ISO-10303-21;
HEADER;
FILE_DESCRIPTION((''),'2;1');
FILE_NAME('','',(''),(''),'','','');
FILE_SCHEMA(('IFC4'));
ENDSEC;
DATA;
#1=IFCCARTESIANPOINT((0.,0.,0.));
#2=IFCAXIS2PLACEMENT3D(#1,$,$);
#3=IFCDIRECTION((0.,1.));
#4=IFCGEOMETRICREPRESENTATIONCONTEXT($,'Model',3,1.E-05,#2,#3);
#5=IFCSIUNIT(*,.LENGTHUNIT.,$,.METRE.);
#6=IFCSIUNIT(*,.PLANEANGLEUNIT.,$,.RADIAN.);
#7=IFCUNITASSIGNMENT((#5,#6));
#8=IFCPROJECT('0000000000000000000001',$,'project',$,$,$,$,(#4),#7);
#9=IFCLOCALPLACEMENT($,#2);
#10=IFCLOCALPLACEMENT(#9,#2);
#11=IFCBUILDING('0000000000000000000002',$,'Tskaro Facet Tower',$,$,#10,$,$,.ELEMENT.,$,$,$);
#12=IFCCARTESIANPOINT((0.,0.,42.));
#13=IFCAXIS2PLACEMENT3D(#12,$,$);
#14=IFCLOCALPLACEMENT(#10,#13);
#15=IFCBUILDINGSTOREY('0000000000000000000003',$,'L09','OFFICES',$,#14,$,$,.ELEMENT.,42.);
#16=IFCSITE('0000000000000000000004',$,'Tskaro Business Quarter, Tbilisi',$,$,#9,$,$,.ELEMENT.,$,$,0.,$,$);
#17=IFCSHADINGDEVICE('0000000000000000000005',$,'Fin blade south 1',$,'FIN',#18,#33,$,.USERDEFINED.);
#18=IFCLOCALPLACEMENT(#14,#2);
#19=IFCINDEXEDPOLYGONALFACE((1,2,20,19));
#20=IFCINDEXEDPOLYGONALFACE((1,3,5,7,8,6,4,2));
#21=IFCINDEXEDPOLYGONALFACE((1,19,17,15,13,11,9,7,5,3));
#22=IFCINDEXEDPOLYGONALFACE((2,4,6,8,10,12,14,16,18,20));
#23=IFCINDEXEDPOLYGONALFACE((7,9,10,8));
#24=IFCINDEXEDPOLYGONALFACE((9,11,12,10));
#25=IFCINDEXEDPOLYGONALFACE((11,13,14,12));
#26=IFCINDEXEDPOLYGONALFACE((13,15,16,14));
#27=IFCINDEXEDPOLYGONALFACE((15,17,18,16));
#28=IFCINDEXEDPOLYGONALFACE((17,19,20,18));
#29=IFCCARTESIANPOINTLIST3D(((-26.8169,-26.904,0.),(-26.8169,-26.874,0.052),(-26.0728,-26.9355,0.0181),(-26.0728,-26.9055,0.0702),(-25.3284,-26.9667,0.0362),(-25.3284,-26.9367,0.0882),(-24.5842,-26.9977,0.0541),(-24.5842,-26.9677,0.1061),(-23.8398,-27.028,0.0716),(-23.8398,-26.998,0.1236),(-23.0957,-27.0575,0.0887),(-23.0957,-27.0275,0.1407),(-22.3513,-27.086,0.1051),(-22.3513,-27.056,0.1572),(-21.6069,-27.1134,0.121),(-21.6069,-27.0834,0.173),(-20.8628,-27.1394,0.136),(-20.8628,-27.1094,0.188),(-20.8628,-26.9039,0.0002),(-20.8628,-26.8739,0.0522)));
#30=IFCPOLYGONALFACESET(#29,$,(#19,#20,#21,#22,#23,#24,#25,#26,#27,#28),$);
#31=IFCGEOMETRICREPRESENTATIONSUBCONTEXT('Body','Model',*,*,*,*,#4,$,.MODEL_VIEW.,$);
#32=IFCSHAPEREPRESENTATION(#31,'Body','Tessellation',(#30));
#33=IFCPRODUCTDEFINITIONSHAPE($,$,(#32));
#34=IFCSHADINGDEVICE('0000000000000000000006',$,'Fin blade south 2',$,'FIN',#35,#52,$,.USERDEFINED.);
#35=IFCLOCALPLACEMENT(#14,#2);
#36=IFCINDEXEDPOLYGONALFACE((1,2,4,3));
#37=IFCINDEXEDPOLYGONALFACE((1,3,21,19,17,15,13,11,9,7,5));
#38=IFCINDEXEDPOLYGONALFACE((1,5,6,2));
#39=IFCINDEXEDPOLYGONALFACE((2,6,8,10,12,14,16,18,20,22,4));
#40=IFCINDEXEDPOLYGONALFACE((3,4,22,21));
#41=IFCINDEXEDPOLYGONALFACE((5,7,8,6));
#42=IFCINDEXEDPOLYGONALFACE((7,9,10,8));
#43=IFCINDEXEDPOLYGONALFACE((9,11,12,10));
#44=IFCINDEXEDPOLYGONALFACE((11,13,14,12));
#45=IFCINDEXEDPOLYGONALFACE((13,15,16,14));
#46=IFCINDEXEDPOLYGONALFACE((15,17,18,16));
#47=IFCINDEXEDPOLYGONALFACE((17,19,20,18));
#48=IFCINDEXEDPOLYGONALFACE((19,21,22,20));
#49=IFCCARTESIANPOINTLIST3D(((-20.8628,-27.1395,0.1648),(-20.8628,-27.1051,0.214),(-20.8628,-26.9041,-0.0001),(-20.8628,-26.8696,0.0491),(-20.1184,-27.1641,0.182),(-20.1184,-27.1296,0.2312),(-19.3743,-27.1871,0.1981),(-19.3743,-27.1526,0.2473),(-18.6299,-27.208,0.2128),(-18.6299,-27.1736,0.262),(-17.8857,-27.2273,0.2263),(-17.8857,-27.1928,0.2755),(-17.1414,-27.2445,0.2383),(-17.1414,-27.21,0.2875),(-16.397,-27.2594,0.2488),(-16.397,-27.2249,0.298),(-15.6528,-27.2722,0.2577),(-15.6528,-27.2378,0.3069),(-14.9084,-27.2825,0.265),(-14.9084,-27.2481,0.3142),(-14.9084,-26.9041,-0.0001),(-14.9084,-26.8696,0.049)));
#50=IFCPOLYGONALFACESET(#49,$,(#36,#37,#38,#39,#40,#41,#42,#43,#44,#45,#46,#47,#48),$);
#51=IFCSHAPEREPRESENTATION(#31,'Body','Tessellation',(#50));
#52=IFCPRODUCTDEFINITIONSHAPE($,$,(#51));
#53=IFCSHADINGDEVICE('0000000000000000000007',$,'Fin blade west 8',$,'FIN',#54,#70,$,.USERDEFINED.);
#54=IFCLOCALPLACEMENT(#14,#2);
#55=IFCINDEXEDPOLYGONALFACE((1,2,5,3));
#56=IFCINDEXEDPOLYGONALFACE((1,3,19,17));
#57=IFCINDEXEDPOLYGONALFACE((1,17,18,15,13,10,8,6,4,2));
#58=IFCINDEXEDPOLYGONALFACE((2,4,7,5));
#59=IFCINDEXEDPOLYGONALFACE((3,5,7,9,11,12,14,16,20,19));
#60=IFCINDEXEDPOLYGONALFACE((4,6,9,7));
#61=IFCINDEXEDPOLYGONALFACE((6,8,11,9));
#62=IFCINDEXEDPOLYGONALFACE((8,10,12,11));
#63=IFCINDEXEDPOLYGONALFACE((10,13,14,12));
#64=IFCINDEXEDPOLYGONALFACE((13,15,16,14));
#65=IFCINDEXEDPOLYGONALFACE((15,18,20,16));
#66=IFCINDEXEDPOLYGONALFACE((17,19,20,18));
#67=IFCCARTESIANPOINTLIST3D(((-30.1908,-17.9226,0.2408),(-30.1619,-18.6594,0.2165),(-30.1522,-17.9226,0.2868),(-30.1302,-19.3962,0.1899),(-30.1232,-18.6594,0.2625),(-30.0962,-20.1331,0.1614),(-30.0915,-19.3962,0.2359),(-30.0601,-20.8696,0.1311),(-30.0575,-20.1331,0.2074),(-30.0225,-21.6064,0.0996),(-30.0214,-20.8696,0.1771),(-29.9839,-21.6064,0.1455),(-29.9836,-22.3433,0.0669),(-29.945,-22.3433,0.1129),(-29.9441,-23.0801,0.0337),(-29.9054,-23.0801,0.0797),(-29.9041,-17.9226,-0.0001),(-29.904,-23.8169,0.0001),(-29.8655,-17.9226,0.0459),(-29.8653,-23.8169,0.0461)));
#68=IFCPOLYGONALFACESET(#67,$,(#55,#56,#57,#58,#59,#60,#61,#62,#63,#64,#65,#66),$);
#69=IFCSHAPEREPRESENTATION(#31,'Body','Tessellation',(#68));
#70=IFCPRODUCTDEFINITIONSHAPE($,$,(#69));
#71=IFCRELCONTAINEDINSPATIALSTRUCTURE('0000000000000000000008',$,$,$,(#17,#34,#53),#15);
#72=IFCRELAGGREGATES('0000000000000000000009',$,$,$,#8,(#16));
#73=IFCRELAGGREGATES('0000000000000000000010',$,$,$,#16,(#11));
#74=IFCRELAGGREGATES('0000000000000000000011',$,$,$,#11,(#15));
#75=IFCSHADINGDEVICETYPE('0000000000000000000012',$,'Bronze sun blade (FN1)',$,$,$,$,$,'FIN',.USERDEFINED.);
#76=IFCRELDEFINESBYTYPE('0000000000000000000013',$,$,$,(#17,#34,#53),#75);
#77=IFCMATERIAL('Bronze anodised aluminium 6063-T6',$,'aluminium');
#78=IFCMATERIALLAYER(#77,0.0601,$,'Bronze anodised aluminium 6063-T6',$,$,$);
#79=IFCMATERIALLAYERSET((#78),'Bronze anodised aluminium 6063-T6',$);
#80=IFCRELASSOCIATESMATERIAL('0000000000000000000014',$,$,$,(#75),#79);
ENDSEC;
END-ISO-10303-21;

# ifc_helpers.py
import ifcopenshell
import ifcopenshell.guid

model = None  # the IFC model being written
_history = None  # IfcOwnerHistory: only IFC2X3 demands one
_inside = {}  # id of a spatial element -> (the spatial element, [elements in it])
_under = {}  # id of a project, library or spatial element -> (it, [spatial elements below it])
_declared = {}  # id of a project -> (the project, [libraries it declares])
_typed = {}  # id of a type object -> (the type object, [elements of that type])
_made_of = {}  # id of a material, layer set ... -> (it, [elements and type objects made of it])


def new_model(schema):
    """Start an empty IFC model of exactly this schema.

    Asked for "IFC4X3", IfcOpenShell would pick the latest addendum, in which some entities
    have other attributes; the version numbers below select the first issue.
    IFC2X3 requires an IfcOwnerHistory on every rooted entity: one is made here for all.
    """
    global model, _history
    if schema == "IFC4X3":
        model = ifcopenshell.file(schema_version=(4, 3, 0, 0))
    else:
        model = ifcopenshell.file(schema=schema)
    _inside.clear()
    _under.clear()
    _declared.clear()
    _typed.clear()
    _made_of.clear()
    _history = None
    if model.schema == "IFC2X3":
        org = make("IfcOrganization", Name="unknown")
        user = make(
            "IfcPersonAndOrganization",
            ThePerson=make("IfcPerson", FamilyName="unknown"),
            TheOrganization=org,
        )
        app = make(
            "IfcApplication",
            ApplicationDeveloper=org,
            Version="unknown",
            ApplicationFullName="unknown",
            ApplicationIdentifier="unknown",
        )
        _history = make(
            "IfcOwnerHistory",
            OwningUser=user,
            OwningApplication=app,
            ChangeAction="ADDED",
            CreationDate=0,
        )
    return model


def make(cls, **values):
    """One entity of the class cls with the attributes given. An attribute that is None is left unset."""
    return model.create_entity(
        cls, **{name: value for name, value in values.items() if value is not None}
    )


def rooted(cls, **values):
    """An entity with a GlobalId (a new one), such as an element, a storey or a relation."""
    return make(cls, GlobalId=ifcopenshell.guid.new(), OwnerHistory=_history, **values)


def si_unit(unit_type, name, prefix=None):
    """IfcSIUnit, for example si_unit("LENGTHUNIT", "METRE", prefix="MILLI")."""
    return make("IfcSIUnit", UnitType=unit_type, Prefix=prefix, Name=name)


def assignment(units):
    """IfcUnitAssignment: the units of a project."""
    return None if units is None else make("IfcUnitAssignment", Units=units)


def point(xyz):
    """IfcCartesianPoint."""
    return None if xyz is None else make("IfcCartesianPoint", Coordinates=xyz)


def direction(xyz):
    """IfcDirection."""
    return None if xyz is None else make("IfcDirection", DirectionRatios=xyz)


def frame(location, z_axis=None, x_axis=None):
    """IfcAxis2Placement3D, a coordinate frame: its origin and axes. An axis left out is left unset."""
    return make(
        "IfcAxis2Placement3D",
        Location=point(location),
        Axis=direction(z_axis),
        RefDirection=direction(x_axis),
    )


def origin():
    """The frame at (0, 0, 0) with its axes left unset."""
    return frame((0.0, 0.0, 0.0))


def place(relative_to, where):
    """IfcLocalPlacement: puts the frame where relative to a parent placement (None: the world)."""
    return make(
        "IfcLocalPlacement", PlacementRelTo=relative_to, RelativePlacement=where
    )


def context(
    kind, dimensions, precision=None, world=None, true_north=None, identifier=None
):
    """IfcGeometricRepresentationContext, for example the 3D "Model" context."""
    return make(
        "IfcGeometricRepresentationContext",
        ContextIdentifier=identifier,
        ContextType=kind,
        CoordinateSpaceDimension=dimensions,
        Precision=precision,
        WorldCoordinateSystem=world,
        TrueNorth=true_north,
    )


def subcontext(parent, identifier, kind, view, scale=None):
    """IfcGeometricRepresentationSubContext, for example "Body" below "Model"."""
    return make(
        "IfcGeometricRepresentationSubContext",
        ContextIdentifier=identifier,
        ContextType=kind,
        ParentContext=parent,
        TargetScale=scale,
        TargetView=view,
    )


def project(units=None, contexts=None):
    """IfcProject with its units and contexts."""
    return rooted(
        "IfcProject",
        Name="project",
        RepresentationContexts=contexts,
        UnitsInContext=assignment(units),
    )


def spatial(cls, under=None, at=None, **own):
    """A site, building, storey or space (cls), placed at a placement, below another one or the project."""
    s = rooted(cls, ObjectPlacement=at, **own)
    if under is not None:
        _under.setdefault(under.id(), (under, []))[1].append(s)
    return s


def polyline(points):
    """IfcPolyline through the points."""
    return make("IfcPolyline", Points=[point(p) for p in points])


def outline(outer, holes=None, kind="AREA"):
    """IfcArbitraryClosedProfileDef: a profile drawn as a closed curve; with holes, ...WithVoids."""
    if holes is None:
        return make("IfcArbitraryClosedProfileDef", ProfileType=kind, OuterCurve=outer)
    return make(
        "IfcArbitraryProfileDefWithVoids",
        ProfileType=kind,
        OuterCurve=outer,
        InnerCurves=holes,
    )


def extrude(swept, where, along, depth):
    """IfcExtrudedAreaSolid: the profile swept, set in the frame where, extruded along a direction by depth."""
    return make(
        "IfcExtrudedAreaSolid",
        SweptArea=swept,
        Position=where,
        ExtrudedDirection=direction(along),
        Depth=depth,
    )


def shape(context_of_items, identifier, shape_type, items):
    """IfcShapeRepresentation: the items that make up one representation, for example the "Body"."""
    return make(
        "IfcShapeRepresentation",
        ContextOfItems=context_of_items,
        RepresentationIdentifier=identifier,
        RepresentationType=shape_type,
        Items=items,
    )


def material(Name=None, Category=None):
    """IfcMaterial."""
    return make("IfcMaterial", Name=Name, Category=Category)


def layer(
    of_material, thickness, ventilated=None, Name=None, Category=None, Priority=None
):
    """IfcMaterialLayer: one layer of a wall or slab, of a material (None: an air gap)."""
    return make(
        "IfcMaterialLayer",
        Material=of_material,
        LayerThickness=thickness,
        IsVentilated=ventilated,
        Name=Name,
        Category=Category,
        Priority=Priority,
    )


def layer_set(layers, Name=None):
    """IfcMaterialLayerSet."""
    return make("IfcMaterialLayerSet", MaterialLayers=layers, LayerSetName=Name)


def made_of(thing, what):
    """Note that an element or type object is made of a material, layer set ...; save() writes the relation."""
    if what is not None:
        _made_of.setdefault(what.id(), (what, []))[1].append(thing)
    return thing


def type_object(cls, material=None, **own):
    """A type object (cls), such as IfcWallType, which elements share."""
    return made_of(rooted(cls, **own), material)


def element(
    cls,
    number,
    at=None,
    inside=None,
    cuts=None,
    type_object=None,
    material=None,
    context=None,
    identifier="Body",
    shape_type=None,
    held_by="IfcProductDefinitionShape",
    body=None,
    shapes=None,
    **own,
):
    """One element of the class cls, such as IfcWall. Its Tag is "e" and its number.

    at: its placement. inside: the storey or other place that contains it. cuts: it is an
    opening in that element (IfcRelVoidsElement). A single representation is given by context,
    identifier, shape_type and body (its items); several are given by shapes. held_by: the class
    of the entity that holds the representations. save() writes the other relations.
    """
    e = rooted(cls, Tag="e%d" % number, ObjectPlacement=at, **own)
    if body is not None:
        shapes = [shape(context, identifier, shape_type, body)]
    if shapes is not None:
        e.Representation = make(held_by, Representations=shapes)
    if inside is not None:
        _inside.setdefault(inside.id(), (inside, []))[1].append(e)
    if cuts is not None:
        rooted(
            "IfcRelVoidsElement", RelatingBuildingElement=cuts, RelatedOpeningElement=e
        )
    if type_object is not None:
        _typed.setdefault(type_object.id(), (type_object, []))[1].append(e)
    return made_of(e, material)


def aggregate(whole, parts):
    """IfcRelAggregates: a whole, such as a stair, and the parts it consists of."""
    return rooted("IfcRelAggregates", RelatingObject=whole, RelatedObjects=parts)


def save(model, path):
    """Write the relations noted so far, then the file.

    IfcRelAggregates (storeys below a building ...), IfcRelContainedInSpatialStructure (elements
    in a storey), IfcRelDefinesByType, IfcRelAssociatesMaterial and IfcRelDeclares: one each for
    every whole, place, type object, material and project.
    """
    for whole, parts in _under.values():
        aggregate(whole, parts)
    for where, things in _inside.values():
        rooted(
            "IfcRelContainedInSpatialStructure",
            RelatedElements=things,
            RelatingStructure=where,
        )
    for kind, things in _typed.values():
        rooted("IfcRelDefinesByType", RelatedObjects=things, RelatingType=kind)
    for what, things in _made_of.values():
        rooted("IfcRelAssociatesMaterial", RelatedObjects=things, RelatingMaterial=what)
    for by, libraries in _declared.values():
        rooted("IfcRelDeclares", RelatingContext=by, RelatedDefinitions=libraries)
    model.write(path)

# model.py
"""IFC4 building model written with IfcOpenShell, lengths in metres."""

from ifc_helpers import new_model, si_unit, direction, frame, origin, place, context, subcontext, project, spatial, polyline, outline, extrude, material, layer, layer_set, type_object, element, save


model = new_model("IFC4")

# Units and contexts
model_context = context("Model", 3, precision=1e-05, world=origin(), true_north=direction((0.0, 1.0)))
body_context = subcontext(model_context, "Body", "Model", "MODEL_VIEW")
ifc_project = project(units=[si_unit("LENGTHUNIT", "METRE"), si_unit("PLANEANGLEUNIT", "RADIAN")], contexts=[model_context])

# Site, building, storey
site_placement = place(None, origin())
site = spatial("IfcSite", under=ifc_project, at=site_placement, Name="Tskaro Business Quarter, Tbilisi", CompositionType="ELEMENT", RefElevation=0.0)
building_placement = place(site_placement, origin())
building = spatial("IfcBuilding", under=site, at=building_placement, Name="Tskaro Facet Tower", CompositionType="ELEMENT")
storey_placement = place(building_placement, frame((0.0, 0.0, 42.0)))
storey = spatial("IfcBuildingStorey", under=building, at=storey_placement, Name="L09", Description="OFFICES", CompositionType="ELEMENT", Elevation=42.0)

# Shared definitions
ifc_material_1 = material(Name="Bronze anodised aluminium 6063-T6", Category="aluminium")

# Shading devices
ifc_layer_1 = layer(ifc_material_1, 0.0601, Name="Bronze anodised aluminium 6063-T6")
ifc_layer_set_1 = layer_set([ifc_layer_1], Name="Bronze anodised aluminium 6063-T6")
shading_device_type = type_object("IfcShadingDeviceType", Name="Bronze sun blade (FN1)", ElementType="FIN", PredefinedType="USERDEFINED", material=ifc_layer_set_1)
shading_device_1_placement = place(storey_placement, frame((-26.8169, -26.874, 0.052), z_axis=(-0.00004, 0.499535, 0.866294), x_axis=(1.0, 0.00002, 0.000034)))
element("IfcShadingDevice", 1, at=shading_device_1_placement, inside=storey, type_object=shading_device_type, Name="Fin blade south 1", ObjectType="FIN", PredefinedType="USERDEFINED", context=body_context, shape_type="SweptSolid", body=[
    extrude(outline(polyline([(0.0, 0.0), (5.9541, 0.0), (5.9541, -0.2718), (5.21, -0.2418), (4.4656, -0.2102), (3.7212, -0.1773), (2.9771, -0.1432), (2.2327, -0.1082), (1.4885, -0.0724), (0.7441, -0.0363), (0.0, 0.0)])), origin(), (0.0, 0.0, -1.0), 0.0601),
])
shading_device_2_placement = place(storey_placement, frame((-20.8628, -26.8696, 0.0491), z_axis=(0.000006, 0.573784, 0.819006), x_axis=(1.0, -0.000003, -0.000005)))
element("IfcShadingDevice", 2, at=shading_device_2_placement, inside=storey, type_object=shading_device_type, Name="Fin blade south 2", ObjectType="FIN", PredefinedType="USERDEFINED", context=body_context, shape_type="SweptSolid", body=[
    extrude(outline(polyline([(0.0, 0.0), (5.9543, 0.0), (5.9543, -0.4621), (5.21, -0.4495), (4.4658, -0.4338), (3.7214, -0.4156), (2.9771, -0.3946), (2.2329, -0.3711), (1.4885, -0.3455), (0.7444, -0.3175), (0.0, -0.2875), (0.0, 0.0)])), origin(), (0.0, 0.0, -1.0), 0.0601),
])
shading_device_3_placement = place(storey_placement, frame((-29.8655, -17.9226, 0.0459), z_axis=(0.643263, 0.000037, 0.765646), x_axis=(0.000024, -1.0, 0.000028)))
element("IfcShadingDevice", 3, at=shading_device_3_placement, inside=storey, type_object=shading_device_type, Name="Fin blade west 8", ObjectType="FIN", PredefinedType="USERDEFINED", context=body_context, shape_type="SweptSolid", body=[
    extrude(outline(polyline([(0.0, 0.0), (5.8943, 0.0), (5.1575, -0.0523), (4.4207, -0.104), (3.6838, -0.1547), (2.947, -0.2038), (2.2104, -0.2509), (1.4736, -0.2953), (0.7368, -0.3367), (0.0, -0.3745), (0.0, 0.0)])), origin(), (0.0, 0.0, -1.0), 0.0601),
])

save(model, "model.ifc")
